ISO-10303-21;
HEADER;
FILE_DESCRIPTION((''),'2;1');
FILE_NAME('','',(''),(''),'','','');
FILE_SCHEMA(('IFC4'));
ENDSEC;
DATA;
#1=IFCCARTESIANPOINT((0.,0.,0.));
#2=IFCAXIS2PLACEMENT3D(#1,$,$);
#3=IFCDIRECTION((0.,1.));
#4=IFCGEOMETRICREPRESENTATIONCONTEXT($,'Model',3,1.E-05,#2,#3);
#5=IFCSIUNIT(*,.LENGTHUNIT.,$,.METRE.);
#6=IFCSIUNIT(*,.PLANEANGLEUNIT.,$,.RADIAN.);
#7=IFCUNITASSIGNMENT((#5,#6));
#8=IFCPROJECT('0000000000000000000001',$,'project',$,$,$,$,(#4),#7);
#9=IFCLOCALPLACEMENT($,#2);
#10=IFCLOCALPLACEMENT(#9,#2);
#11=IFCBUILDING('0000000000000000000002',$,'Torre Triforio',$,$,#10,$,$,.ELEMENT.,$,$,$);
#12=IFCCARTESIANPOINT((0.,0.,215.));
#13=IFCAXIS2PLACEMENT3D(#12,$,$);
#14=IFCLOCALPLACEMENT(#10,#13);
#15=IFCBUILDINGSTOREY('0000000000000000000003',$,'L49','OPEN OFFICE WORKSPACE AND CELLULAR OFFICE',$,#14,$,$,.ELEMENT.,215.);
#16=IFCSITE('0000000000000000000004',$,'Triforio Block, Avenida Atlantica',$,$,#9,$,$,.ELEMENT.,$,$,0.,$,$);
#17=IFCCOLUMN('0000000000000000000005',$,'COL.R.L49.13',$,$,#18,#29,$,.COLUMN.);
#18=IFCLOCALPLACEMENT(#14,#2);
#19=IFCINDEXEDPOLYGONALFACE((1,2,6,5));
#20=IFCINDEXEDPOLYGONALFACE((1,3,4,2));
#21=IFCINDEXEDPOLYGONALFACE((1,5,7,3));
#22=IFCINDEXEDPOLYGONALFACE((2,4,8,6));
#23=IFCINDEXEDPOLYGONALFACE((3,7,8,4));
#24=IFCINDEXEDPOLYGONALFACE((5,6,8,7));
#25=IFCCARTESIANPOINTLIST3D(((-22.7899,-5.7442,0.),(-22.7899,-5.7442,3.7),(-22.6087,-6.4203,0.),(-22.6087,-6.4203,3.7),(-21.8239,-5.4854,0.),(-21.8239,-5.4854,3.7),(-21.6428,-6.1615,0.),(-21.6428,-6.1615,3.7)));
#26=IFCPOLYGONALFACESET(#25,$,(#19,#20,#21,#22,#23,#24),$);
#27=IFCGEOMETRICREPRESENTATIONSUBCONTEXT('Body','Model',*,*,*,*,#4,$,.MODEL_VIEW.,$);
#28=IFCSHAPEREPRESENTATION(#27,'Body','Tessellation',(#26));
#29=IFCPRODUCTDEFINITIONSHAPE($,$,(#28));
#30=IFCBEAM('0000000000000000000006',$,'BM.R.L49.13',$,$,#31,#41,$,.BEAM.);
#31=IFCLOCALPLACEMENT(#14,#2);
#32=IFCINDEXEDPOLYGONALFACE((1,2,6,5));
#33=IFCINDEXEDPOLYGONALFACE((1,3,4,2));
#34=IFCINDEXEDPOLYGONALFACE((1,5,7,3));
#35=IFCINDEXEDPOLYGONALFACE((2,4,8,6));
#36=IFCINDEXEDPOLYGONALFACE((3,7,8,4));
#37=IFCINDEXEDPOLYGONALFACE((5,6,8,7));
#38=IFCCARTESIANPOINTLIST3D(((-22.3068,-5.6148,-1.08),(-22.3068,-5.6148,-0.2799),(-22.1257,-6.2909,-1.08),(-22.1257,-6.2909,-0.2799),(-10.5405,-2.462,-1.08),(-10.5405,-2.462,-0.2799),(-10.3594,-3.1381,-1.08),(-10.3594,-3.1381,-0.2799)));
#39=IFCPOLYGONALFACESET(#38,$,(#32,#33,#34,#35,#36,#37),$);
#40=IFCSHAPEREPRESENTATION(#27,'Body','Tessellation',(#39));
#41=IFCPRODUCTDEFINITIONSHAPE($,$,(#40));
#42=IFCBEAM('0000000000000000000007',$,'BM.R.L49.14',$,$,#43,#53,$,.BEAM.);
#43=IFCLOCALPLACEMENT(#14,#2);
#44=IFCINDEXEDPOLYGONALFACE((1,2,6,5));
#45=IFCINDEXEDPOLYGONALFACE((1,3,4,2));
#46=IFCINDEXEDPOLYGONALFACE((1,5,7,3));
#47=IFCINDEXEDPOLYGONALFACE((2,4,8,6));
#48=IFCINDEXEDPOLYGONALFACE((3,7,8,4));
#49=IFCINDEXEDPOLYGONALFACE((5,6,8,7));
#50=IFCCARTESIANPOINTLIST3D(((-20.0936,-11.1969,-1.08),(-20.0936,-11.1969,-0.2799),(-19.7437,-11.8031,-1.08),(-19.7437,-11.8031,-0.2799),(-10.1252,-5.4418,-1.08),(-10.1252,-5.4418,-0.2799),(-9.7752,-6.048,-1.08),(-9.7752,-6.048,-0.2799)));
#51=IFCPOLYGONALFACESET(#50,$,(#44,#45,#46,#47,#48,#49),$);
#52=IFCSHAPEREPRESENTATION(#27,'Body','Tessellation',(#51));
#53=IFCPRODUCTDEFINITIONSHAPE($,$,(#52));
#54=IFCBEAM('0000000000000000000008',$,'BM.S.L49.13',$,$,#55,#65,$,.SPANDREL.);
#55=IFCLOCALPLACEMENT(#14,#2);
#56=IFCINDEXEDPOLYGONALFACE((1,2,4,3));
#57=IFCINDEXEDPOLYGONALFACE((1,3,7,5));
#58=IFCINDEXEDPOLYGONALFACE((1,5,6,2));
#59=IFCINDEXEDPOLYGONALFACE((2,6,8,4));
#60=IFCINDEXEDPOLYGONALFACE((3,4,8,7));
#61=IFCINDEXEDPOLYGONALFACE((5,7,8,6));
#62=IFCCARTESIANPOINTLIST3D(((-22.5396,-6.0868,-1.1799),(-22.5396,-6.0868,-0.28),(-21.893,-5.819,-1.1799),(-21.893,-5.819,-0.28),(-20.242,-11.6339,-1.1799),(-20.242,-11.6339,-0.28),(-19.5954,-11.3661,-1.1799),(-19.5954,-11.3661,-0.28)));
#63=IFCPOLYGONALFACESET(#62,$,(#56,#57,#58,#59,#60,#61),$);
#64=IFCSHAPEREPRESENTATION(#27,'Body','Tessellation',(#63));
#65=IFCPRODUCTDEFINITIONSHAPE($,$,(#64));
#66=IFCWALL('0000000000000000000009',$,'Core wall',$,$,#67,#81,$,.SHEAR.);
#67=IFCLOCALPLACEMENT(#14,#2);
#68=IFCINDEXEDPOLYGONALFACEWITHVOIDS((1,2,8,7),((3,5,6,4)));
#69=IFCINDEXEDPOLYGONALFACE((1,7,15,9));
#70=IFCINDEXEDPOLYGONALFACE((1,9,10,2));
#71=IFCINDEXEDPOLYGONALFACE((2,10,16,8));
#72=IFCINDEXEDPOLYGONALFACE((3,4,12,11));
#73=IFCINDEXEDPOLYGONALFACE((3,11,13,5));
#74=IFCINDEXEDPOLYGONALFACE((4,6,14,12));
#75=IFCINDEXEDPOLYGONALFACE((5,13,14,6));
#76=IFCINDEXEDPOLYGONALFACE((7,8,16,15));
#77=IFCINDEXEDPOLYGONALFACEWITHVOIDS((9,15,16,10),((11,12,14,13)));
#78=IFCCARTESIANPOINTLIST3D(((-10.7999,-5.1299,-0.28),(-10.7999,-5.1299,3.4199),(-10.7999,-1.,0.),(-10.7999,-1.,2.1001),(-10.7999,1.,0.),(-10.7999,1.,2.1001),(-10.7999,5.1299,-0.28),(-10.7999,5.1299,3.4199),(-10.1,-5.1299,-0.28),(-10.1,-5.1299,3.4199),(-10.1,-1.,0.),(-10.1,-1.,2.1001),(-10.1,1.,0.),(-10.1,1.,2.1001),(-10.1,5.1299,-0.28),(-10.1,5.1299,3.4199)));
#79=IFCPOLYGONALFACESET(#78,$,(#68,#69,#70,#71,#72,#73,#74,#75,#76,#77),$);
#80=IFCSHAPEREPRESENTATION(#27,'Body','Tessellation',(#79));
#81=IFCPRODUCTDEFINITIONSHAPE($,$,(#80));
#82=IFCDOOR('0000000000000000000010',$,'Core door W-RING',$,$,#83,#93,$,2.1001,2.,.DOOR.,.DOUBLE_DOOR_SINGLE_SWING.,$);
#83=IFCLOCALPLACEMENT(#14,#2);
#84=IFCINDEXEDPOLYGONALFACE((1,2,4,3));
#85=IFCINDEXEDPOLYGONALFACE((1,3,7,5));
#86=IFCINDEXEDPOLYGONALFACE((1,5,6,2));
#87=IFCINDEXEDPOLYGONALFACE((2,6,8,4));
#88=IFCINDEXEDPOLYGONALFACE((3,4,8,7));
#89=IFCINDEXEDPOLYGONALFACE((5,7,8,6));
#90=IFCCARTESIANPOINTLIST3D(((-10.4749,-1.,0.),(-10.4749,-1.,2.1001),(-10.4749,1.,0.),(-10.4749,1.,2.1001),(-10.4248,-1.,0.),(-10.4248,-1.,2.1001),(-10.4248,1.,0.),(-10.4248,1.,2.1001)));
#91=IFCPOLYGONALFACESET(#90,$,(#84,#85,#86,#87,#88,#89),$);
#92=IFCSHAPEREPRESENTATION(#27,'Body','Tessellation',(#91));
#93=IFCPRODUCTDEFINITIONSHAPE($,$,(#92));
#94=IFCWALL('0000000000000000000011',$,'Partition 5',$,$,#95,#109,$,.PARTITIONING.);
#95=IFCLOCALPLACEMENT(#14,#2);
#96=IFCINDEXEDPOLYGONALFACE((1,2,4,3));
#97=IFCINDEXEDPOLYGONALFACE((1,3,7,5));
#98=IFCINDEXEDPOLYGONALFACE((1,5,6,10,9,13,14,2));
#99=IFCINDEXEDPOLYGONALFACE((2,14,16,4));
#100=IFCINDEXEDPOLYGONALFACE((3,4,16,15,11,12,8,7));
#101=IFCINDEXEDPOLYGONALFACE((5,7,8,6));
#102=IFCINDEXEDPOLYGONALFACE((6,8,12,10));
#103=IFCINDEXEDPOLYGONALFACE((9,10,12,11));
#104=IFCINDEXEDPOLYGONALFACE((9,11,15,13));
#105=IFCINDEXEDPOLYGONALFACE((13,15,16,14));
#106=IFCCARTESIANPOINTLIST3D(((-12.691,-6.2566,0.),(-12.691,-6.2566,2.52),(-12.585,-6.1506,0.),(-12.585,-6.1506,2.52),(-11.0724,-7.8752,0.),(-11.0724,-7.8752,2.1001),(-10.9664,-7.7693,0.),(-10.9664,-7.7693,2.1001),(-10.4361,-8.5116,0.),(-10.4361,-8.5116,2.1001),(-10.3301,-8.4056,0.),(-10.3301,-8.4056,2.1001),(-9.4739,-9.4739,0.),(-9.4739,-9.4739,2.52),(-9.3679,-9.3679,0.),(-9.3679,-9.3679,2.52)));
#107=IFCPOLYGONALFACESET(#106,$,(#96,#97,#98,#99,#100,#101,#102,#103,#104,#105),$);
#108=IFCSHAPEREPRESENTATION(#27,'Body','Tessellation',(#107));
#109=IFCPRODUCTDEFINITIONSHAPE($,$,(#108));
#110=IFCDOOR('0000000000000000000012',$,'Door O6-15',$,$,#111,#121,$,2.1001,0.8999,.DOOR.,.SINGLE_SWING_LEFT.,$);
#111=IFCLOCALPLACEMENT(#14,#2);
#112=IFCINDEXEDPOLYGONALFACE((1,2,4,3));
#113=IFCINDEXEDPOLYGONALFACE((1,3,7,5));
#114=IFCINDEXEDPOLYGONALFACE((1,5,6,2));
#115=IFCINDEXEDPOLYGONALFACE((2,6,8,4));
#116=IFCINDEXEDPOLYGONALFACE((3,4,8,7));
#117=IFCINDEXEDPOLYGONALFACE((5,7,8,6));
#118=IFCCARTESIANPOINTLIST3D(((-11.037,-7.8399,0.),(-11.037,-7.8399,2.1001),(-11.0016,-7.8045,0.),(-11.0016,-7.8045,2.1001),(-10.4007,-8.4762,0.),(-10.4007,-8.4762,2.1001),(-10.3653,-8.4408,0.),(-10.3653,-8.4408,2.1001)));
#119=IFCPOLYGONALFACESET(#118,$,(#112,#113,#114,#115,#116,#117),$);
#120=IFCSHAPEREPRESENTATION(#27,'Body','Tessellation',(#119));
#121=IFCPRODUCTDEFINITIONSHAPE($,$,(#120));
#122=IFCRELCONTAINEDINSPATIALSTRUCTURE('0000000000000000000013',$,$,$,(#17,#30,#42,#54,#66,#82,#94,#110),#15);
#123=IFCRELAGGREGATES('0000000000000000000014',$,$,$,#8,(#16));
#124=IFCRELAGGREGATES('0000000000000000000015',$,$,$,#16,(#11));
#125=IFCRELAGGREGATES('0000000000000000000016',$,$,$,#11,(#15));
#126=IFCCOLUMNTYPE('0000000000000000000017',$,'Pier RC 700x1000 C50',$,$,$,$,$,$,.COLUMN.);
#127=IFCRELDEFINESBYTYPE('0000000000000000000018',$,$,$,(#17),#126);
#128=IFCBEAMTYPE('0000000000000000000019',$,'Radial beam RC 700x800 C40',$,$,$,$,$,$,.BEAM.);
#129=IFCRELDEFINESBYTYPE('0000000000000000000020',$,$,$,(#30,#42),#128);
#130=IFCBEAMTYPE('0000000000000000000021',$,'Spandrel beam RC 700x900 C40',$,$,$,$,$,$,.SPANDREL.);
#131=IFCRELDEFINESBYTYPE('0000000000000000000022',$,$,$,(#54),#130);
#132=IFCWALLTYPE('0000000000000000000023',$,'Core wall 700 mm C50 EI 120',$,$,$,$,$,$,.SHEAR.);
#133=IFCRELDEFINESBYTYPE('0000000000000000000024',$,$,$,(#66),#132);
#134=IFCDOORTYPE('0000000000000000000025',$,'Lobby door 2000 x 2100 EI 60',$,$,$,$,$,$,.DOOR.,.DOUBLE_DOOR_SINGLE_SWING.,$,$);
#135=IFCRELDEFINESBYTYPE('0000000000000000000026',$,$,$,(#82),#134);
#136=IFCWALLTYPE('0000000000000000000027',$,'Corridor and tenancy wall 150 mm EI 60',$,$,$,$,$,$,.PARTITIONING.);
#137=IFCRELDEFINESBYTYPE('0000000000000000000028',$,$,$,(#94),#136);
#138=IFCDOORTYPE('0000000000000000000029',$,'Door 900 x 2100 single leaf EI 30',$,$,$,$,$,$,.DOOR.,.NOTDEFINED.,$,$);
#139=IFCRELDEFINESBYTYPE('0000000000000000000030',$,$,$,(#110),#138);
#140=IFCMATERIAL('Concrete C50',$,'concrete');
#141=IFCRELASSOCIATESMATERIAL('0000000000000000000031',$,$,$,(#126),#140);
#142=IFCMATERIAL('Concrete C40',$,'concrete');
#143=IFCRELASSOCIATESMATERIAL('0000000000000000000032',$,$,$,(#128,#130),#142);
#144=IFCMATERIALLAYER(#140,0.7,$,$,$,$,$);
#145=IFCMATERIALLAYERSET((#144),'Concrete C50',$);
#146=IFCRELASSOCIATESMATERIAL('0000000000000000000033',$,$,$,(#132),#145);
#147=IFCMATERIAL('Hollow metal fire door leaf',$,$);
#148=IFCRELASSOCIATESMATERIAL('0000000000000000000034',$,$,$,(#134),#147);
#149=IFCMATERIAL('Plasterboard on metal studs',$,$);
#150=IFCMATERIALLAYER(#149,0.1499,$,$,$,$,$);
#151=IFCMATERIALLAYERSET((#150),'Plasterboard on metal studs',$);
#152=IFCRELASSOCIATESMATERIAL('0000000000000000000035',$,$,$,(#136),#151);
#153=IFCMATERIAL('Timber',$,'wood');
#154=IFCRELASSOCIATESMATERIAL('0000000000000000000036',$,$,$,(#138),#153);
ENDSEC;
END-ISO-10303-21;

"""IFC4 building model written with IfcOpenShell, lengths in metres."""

from ifc_helpers import new_model, si_unit, direction, frame, frame_2d, origin, origin_2d, place, context, subcontext, project, spatial, rectangle, extrude, material, layer, layer_set, material_profile, profile_set, type_object, element, fill, save


model = new_model("IFC4")

# Units and contexts
model_context = context("Model", 3, precision=1e-05, world=origin(), true_north=direction((0.0, 1.0)))
body_context = subcontext(model_context, "Body", "Model", "MODEL_VIEW")
ifc_project = project(units=[si_unit("LENGTHUNIT", "METRE"), si_unit("PLANEANGLEUNIT", "RADIAN")], contexts=[model_context])

# Site, building, storey
site_placement = place(None, origin())
site = spatial("IfcSite", under=ifc_project, at=site_placement, Name="Triforio Block, Avenida Atlantica", CompositionType="ELEMENT", RefElevation=0.0)
building_placement = place(site_placement, origin())
building = spatial("IfcBuilding", under=site, at=building_placement, Name="Torre Triforio", CompositionType="ELEMENT")
storey_placement = place(building_placement, frame((0.0, 0.0, 215.0)))
storey = spatial("IfcBuildingStorey", under=building, at=storey_placement, Name="L49", Description="OPEN OFFICE WORKSPACE AND CELLULAR OFFICE", CompositionType="ELEMENT", Elevation=215.0)

# Column
ifc_material_1 = material(Name="Concrete C50", Category="concrete")
ifc_material_profile_1 = material_profile(ifc_material_1, rectangle(XDim=0.7, YDim=1.0, at=origin_2d()), Name="RC 700x1000")
ifc_profile_set_1 = profile_set([ifc_material_profile_1], Name="Concrete C50")
column_type = type_object("IfcColumnType", Name="Pier RC 700x1000 C50", PredefinedType="COLUMN", material=ifc_profile_set_1)
column_placement = place(storey_placement, frame((-22.2163, -5.9529, 0.0), z_axis=(0.0, 0.0, 1.0), x_axis=(0.258819, -0.965926, 0.0)))
element("IfcColumn", 1, at=column_placement, inside=storey, type_object=column_type, Name="COL.R.L49.13", PredefinedType="COLUMN", context=body_context, shape_type="SweptSolid", body=[
    extrude(rectangle(XDim=0.7, YDim=1.0, at=origin_2d()), origin(), (0.0, 0.0, 1.0), 3.7),
])

# Beams
ifc_material_2 = material(Name="Concrete C40", Category="concrete")
ifc_material_profile_2 = material_profile(ifc_material_2, rectangle(XDim=0.7, YDim=0.8, at=origin_2d()), Name="RC 700x800")
ifc_profile_set_2 = profile_set([ifc_material_profile_2], Name="Concrete C40")
beam_type_1 = type_object("IfcBeamType", Name="Radial beam RC 700x800 C40", PredefinedType="BEAM", material=ifc_profile_set_2)
beam_1_placement = place(storey_placement, frame((-10.45, -2.8, -0.6799), z_axis=(-0.965925, -0.258823, 0.0), x_axis=(0.258823, -0.965925, 0.0)))
element("IfcBeam", 2, at=beam_1_placement, inside=storey, type_object=beam_type_1, Name="BM.R.L49.13", PredefinedType="BEAM", context=body_context, shape_type="SweptSolid", body=[
    extrude(rectangle(XDim=0.7, YDim=0.8, at=origin_2d()), origin(), (0.0, 0.0, 1.0), 12.1814),
])
beam_2_placement = place(storey_placement, frame((-9.9502, -5.7449, -0.6799), z_axis=(-0.866033, -0.499987, 0.0), x_axis=(0.499987, -0.866033, 0.0)))
element("IfcBeam", 3, at=beam_2_placement, inside=storey, type_object=beam_type_1, Name="BM.R.L49.14", PredefinedType="BEAM", context=body_context, shape_type="SweptSolid", body=[
    extrude(rectangle(XDim=0.7, YDim=0.8, at=origin_2d()), origin(), (0.0, 0.0, 1.0), 11.5105),
])
ifc_material_profile_3 = material_profile(ifc_material_2, rectangle(XDim=0.7, YDim=0.8999, at=origin_2d()), Name="RC 700x900")
ifc_profile_set_3 = profile_set([ifc_material_profile_3], Name="Concrete C40")
beam_type_2 = type_object("IfcBeamType", Name="Spandrel beam RC 700x900 C40", PredefinedType="SPANDREL", material=ifc_profile_set_3)
beam_3_placement = place(storey_placement, frame((-22.2163, -5.9529, -0.73), z_axis=(0.382671, -0.923885, 0.0), x_axis=(0.923885, 0.382671, 0.0)))
element("IfcBeam", 4, at=beam_3_placement, inside=storey, type_object=beam_type_2, Name="BM.S.L49.13", PredefinedType="SPANDREL", context=body_context, shape_type="SweptSolid", body=[
    extrude(rectangle(XDim=0.7, YDim=0.8999, at=origin_2d()), origin(), (0.0, 0.0, 1.0), 6.0042),
])

# Walls, openings, doors
ifc_layer_1 = layer(ifc_material_1, 0.7)
ifc_layer_set_1 = layer_set([ifc_layer_1], Name="Concrete C50")
wall_type_1 = type_object("IfcWallType", Name="Core wall 700 mm C50 EI 120", PredefinedType="SHEAR", material=ifc_layer_set_1)
wall_1_placement = place(storey_placement, frame((-10.45, -5.1299, -0.28), z_axis=(0.0, 0.0, 1.0), x_axis=(0.0, 1.0, 0.0)))
wall_1 = element("IfcWall", 5, at=wall_1_placement, inside=storey, type_object=wall_type_1, Name="Core wall", PredefinedType="SHEAR", context=body_context, shape_type="SweptSolid", body=[
    extrude(rectangle(XDim=10.2598, YDim=0.7, at=frame_2d((5.1299, 0.0))), origin(), (0.0, 0.0, 1.0), 3.7),
])
opening_1_placement = place(wall_1_placement, frame((4.1299, 0.0, 0.28)))
opening_1 = element("IfcOpeningElement", 6, at=opening_1_placement, cuts=wall_1, PredefinedType="OPENING", context=body_context, shape_type="SweptSolid", body=[
    extrude(rectangle(XDim=2.0, YDim=2.1001, at=frame_2d((1.0, 1.05))), frame((0.0, 0.3599, 0.0), z_axis=(0.0, -1.0, 0.0), x_axis=(1.0, 0.0, 0.0)), (0.0, 0.0, 1.0), 0.72),
])
ifc_material_3 = material(Name="Hollow metal fire door leaf")
door_type_1 = type_object("IfcDoorType", Name="Lobby door 2000 x 2100 EI 60", OperationType="DOUBLE_DOOR_SINGLE_SWING", PredefinedType="DOOR", material=ifc_material_3)
door_1_placement = place(opening_1_placement, origin())
door_1 = element("IfcDoor", 7, at=door_1_placement, inside=storey, type_object=door_type_1, Name="Core door W-RING", OperationType="DOUBLE_DOOR_SINGLE_SWING", OverallHeight=2.1001, OverallWidth=2.0, PredefinedType="DOOR", context=body_context, shape_type="SweptSolid", body=[
    extrude(rectangle(XDim=2.0, YDim=2.1001, at=frame_2d((1.0, 1.05))), frame((0.0, 0.0249, 0.0), z_axis=(0.0, -1.0, 0.0), x_axis=(1.0, 0.0, 0.0)), (0.0, 0.0, 1.0), 0.05),
])
fill(opening_1, door_1)
ifc_material_4 = material(Name="Plasterboard on metal studs")
ifc_layer_2 = layer(ifc_material_4, 0.1499)
ifc_layer_set_2 = layer_set([ifc_layer_2], Name="Plasterboard on metal studs")
wall_type_2 = type_object("IfcWallType", Name="Corridor and tenancy wall 150 mm EI 60", PredefinedType="PARTITIONING", material=ifc_layer_set_2)
wall_2_placement = place(storey_placement, frame((-9.4209, -9.4209, 0.0), z_axis=(0.0, 0.0, 1.0), x_axis=(-0.70708, 0.707134, 0.0)))
wall_2 = element("IfcWall", 8, at=wall_2_placement, inside=storey, type_object=wall_type_2, Name="Partition 5", PredefinedType="PARTITIONING", context=body_context, shape_type="SweptSolid", body=[
    extrude(rectangle(XDim=4.5498, YDim=0.1499, at=frame_2d((2.2749, 0.0))), origin(), (0.0, 0.0, 1.0), 2.52),
])
opening_2_placement = place(wall_2_placement, frame((1.3608, 0.0, 0.0)))
opening_2 = element("IfcOpeningElement", 9, at=opening_2_placement, cuts=wall_2, PredefinedType="OPENING", context=body_context, shape_type="SweptSolid", body=[
    extrude(rectangle(XDim=0.8999, YDim=2.1001, at=frame_2d((0.45, 1.05))), frame((0.0, 0.085, 0.0), z_axis=(0.0, -1.0, 0.0), x_axis=(1.0, 0.0, 0.0)), (0.0, 0.0, 1.0), 0.1699),
])
ifc_material_5 = material(Name="Timber", Category="wood")
door_type_2 = type_object("IfcDoorType", Name="Door 900 x 2100 single leaf EI 30", OperationType="NOTDEFINED", PredefinedType="DOOR", material=ifc_material_5)
door_2_placement = place(opening_2_placement, origin())
door_2 = element("IfcDoor", 10, at=door_2_placement, inside=storey, type_object=door_type_2, Name="Door O6-15", OperationType="SINGLE_SWING_LEFT", OverallHeight=2.1001, OverallWidth=0.8999, PredefinedType="DOOR", context=body_context, shape_type="SweptSolid", body=[
    extrude(rectangle(XDim=0.8999, YDim=2.1001, at=frame_2d((0.45, 1.05))), frame((0.0, 0.0249, 0.0), z_axis=(0.0, -1.0, 0.0), x_axis=(1.0, 0.0, 0.0)), (0.0, 0.0, 1.0), 0.05),
])
fill(opening_2, door_2)

save(model, "model.ifc")
